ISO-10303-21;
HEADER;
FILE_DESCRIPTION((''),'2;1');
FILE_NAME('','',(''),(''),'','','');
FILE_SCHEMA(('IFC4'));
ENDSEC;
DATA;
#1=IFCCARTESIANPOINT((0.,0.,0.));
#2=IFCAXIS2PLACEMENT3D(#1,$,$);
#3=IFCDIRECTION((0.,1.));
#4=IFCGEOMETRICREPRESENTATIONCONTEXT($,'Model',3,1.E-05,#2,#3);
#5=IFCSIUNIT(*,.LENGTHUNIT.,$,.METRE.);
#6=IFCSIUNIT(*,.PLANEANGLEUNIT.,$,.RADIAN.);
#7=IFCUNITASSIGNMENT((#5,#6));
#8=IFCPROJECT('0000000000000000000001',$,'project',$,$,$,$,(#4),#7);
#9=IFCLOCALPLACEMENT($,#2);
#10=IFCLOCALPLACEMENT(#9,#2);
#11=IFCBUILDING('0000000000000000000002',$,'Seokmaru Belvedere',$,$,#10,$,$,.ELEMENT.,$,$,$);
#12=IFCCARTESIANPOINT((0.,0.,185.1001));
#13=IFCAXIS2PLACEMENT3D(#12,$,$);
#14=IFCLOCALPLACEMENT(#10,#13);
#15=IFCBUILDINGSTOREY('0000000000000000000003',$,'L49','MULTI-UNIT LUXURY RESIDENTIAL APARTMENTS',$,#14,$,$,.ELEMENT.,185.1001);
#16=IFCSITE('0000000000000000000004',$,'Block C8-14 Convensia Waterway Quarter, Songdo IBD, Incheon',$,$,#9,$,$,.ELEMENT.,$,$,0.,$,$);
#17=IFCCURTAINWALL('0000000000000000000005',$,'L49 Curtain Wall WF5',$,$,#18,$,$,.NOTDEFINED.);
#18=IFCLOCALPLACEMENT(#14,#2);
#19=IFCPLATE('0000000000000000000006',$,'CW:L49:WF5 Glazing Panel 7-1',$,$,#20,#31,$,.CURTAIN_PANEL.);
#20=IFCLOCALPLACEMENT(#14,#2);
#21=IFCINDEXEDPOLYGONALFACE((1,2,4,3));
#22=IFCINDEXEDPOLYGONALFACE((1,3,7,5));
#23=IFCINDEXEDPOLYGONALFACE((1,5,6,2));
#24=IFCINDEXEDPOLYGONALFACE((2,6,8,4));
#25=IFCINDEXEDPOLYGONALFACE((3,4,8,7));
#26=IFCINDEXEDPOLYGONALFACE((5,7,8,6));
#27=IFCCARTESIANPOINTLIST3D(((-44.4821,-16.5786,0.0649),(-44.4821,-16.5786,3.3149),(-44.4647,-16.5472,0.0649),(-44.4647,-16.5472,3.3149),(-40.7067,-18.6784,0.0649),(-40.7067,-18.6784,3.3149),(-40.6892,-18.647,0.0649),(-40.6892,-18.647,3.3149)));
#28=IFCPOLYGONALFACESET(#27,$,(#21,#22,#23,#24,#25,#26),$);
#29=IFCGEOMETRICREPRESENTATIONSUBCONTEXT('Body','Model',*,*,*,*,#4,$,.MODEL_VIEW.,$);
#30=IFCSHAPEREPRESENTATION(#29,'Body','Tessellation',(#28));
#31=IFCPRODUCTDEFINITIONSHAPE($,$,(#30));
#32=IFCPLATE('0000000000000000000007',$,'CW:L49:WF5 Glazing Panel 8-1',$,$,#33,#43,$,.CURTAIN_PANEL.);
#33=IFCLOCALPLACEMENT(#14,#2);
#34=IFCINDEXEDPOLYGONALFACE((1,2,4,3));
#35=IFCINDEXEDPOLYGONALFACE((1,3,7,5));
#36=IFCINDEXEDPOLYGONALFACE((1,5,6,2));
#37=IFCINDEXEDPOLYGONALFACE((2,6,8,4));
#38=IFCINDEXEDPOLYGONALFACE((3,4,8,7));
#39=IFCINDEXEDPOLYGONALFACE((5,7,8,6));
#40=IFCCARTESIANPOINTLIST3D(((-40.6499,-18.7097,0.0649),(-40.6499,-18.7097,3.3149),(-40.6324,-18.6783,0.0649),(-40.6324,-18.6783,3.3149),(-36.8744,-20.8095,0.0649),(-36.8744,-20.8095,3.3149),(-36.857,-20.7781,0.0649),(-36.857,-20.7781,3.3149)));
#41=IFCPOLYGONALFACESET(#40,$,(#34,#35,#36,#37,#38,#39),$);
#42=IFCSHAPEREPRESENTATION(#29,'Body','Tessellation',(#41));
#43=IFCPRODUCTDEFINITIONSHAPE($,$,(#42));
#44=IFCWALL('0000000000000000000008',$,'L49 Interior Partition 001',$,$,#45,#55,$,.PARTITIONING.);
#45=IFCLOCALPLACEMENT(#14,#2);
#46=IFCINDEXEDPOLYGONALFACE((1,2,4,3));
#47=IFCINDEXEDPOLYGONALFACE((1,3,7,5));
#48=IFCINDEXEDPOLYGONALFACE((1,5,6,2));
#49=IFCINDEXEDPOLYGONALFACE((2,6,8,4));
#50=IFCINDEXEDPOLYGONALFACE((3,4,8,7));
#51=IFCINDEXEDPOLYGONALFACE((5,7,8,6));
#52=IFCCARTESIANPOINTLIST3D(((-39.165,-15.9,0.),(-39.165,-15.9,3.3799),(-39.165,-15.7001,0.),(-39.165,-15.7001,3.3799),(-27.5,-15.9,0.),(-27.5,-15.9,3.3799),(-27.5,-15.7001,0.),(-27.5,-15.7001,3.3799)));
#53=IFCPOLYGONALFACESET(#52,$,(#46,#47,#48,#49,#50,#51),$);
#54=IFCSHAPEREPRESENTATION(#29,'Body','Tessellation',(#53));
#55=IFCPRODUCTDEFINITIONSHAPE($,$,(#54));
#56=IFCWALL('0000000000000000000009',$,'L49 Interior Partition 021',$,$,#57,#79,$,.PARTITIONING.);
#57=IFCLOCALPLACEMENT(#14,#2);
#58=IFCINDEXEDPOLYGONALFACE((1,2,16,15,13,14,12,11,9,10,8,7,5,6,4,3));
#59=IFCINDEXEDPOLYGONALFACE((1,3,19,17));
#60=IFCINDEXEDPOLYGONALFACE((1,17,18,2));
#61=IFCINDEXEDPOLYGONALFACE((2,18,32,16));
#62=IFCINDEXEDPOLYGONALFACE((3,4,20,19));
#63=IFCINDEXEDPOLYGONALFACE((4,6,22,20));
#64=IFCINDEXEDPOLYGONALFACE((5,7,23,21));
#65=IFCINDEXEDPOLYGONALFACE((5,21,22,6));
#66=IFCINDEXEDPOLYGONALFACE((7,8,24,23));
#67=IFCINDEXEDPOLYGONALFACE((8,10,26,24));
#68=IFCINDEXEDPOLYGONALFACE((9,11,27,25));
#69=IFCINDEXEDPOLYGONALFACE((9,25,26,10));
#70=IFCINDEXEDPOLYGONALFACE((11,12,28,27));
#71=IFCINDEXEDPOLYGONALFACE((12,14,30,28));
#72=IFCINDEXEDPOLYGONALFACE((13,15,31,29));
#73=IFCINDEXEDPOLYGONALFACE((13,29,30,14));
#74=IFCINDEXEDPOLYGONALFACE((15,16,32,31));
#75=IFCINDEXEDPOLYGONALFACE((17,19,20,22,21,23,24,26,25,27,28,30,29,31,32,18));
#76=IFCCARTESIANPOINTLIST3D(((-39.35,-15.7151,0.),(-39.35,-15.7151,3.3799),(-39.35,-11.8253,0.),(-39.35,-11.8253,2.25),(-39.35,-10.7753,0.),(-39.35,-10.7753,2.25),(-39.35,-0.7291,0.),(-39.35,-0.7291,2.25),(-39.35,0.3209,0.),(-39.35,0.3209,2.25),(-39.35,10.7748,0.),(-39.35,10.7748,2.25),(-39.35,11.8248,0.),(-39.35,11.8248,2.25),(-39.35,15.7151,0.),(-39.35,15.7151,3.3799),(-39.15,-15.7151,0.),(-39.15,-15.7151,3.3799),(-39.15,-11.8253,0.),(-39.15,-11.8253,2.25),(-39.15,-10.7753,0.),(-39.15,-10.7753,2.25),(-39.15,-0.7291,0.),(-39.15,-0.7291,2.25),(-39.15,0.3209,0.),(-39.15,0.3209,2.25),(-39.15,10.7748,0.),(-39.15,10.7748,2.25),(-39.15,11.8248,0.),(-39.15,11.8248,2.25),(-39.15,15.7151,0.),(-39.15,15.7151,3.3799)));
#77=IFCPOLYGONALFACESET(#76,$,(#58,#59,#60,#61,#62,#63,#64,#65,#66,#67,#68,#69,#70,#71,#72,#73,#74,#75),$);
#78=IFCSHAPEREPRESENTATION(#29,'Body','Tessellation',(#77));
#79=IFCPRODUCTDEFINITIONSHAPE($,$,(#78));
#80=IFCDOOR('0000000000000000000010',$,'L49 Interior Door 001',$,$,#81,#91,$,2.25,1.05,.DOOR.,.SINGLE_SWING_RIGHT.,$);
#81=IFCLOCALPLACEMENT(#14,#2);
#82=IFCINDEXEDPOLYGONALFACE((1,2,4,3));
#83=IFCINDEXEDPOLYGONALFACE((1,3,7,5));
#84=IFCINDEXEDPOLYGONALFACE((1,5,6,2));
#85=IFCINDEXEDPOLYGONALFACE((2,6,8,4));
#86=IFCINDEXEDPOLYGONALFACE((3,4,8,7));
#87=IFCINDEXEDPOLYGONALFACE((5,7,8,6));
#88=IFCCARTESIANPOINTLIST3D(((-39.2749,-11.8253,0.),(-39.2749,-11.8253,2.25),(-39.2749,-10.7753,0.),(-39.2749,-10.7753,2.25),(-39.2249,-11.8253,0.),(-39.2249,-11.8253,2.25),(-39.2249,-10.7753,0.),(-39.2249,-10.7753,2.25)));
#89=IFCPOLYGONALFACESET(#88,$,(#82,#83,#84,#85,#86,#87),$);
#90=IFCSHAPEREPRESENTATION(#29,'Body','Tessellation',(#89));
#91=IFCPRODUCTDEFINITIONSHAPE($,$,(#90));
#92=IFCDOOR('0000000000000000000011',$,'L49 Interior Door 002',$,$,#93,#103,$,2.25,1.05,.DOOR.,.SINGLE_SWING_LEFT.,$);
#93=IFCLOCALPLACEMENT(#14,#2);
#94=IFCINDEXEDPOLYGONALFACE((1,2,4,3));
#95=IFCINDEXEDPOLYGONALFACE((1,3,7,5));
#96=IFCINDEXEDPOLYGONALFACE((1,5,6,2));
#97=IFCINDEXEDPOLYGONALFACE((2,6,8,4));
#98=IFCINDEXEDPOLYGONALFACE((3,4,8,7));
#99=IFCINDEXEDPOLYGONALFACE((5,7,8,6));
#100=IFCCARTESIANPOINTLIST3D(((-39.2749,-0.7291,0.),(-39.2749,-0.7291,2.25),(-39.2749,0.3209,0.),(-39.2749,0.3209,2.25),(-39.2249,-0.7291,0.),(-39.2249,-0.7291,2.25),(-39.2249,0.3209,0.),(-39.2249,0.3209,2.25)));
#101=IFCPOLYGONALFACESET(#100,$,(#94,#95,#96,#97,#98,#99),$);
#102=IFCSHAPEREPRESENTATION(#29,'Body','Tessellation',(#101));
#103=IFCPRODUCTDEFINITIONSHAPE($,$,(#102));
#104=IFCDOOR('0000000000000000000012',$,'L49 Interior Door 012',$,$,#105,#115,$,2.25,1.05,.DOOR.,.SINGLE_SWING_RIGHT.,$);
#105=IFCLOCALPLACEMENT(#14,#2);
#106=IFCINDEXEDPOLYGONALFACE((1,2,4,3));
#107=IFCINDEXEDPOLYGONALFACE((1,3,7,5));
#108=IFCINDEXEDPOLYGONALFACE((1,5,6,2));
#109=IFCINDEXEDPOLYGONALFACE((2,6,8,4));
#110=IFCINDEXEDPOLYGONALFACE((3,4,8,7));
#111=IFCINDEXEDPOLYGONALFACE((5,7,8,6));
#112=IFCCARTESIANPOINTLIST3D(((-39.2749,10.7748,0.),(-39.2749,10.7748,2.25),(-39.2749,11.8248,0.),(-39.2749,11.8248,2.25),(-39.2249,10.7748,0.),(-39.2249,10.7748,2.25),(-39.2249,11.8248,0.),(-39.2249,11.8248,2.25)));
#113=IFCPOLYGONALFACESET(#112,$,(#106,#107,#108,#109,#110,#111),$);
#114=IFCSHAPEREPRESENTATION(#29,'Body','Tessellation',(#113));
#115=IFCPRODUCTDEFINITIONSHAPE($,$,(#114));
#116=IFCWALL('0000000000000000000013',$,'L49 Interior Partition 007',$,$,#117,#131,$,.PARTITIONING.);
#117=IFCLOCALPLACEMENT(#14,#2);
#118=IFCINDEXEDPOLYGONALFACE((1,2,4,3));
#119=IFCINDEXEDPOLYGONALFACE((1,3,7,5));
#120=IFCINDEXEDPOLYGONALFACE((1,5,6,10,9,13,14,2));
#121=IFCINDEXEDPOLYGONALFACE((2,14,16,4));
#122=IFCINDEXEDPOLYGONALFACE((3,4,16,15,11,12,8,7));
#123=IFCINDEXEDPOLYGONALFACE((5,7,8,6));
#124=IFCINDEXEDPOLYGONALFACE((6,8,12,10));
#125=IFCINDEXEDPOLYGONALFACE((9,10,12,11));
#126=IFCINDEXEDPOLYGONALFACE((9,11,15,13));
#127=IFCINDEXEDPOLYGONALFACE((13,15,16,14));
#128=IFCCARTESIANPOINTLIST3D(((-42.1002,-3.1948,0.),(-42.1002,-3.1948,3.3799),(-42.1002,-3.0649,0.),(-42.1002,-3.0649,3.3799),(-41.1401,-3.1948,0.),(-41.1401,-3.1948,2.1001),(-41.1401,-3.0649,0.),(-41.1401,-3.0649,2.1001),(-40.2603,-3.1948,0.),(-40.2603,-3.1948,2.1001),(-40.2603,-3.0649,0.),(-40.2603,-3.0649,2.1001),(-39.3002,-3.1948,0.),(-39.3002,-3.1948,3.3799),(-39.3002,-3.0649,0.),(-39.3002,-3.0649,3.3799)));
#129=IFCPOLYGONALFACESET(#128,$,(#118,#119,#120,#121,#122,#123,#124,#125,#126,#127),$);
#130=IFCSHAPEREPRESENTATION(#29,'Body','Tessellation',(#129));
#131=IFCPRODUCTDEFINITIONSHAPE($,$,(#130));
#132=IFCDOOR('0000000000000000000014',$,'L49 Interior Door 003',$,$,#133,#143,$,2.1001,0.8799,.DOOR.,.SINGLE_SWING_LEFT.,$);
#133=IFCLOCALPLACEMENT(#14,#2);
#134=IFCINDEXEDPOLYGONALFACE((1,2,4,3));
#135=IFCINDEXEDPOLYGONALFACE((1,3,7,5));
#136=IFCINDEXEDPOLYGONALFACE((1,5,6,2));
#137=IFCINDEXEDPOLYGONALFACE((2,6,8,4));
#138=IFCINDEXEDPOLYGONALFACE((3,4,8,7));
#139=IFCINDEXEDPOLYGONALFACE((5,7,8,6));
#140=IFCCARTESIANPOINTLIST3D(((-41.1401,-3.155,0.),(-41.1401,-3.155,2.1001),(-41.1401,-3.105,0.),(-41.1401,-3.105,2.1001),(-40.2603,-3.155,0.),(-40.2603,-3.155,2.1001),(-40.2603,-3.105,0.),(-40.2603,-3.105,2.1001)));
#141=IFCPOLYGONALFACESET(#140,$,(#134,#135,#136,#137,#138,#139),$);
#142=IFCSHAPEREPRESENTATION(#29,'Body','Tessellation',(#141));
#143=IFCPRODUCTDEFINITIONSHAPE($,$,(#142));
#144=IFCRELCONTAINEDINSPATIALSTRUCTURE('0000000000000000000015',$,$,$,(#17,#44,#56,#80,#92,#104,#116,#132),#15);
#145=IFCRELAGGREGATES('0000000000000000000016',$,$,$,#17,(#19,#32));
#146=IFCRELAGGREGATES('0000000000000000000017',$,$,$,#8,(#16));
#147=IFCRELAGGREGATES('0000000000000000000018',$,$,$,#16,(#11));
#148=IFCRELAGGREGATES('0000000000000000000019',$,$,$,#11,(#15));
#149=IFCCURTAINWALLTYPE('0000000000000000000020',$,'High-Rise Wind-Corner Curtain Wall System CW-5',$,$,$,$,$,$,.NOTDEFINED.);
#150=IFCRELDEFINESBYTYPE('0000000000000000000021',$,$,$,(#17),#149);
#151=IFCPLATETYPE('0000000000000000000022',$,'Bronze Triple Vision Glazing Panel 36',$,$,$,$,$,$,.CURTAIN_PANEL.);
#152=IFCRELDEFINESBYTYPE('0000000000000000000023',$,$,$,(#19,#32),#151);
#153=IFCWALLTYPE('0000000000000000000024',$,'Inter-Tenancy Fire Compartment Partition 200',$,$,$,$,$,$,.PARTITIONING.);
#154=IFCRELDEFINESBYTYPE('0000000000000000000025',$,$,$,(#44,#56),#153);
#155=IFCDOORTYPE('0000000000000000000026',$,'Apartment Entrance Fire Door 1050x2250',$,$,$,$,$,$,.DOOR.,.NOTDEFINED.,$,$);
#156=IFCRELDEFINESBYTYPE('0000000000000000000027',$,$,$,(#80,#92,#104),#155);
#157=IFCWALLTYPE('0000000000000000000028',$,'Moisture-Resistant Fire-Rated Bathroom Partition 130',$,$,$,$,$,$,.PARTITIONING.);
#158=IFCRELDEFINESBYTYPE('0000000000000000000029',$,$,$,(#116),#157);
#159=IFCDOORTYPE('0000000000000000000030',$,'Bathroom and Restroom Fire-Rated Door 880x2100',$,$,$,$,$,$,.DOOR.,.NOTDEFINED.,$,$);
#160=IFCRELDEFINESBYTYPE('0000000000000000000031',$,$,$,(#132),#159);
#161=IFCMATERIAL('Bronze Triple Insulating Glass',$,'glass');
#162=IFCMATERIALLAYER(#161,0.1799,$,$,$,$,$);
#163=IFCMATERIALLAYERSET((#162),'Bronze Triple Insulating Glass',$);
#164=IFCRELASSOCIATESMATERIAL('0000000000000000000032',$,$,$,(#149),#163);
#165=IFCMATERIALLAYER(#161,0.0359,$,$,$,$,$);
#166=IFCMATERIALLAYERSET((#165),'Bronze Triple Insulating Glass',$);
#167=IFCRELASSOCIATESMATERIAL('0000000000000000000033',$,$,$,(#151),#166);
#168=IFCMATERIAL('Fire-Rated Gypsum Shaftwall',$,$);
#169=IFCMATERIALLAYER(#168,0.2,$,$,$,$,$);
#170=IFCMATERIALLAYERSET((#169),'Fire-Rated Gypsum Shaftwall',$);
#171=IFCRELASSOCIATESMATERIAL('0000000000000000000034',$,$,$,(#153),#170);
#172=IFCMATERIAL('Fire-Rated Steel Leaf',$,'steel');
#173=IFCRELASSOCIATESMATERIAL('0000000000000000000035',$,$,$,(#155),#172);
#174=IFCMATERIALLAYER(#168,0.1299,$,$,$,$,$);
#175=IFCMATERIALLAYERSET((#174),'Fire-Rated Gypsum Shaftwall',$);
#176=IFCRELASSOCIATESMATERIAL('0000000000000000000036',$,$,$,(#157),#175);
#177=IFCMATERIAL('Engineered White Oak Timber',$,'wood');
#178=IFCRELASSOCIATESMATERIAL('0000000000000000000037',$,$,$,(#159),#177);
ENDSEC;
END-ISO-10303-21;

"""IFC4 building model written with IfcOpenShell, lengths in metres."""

from ifc_helpers import new_model, si_unit, direction, frame, frame_2d, origin, origin_2d, place, context, subcontext, project, spatial, rectangle, extrude, source, transform, mapped, material, layer, layer_set, type_object, type_shapes, element, fill, aggregate, save


model = new_model("IFC4")

# Units and contexts
model_context = context("Model", 3, precision=1e-05, world=origin(), true_north=direction((0.0, 1.0)))
body_context = subcontext(model_context, "Body", "Model", "MODEL_VIEW")
ifc_project = project(units=[si_unit("LENGTHUNIT", "METRE"), si_unit("PLANEANGLEUNIT", "RADIAN")], contexts=[model_context])

# Site, building, storey
site_placement = place(None, origin())
site = spatial("IfcSite", under=ifc_project, at=site_placement, Name="Block C8-14 Convensia Waterway Quarter, Songdo IBD, Incheon", CompositionType="ELEMENT", RefElevation=0.0)
building_placement = place(site_placement, origin())
building = spatial("IfcBuilding", under=site, at=building_placement, Name="Seokmaru Belvedere", CompositionType="ELEMENT")
storey_placement = place(building_placement, frame((0.0, 0.0, 185.1001)))
storey = spatial("IfcBuildingStorey", under=building, at=storey_placement, Name="L49", Description="MULTI-UNIT LUXURY RESIDENTIAL APARTMENTS", CompositionType="ELEMENT", Elevation=185.1001)

# Curtain wall, plates
ifc_material_1 = material(Name="Bronze Triple Insulating Glass", Category="glass")
ifc_layer_1 = layer(ifc_material_1, 0.1799)
ifc_layer_set_1 = layer_set([ifc_layer_1], Name="Bronze Triple Insulating Glass")
curtain_wall_type = type_object("IfcCurtainWallType", Name="High-Rise Wind-Corner Curtain Wall System CW-5", PredefinedType="NOTDEFINED", material=ifc_layer_set_1)
curtain_wall_placement = place(storey_placement, origin())
curtain_wall = element("IfcCurtainWall", 1, at=curtain_wall_placement, inside=storey, type_object=curtain_wall_type, Name="L49 Curtain Wall WF5", PredefinedType="NOTDEFINED")
ifc_layer_2 = layer(ifc_material_1, 0.0359)
ifc_layer_set_2 = layer_set([ifc_layer_2], Name="Bronze Triple Insulating Glass")
plate_type = type_object("IfcPlateType", Name="Bronze Triple Vision Glazing Panel 36", PredefinedType="CURTAIN_PANEL", material=ifc_layer_set_2)
shared_shape_1 = source(origin(), body_context, "Body", "SweptSolid", [
    extrude(rectangle(XDim=4.3201, YDim=0.0359, at=origin_2d()), origin(), (0.0, 0.0, 1.0), 3.25),
])
type_shapes(plate_type, [shared_shape_1])
plate_1_placement = place(storey_placement, frame((-42.5857, -17.6128, 0.0649), z_axis=(0.0, 0.0, 1.0), x_axis=(0.873933, -0.486047, 0.0)))
plate_1 = element("IfcPlate", 2, at=plate_1_placement, type_object=plate_type, Name="CW:L49:WF5 Glazing Panel 7-1", PredefinedType="CURTAIN_PANEL", context=body_context, shape_type="MappedRepresentation", body=[
    mapped(shared_shape_1, transform((0.0, 0.0, 0.0), scale=1.0)),
])
plate_2_placement = place(storey_placement, frame((-38.7534, -19.7439, 0.0649), z_axis=(0.0, 0.0, 1.0), x_axis=(0.873933, -0.486047, 0.0)))
plate_2 = element("IfcPlate", 3, at=plate_2_placement, type_object=plate_type, Name="CW:L49:WF5 Glazing Panel 8-1", PredefinedType="CURTAIN_PANEL", context=body_context, shape_type="MappedRepresentation", body=[
    mapped(shared_shape_1, transform((0.0, 0.0, 0.0), scale=1.0)),
])
aggregate(curtain_wall, [plate_1, plate_2])

# Wall
ifc_material_2 = material(Name="Fire-Rated Gypsum Shaftwall")
ifc_layer_3 = layer(ifc_material_2, 0.2)
ifc_layer_set_3 = layer_set([ifc_layer_3], Name="Fire-Rated Gypsum Shaftwall")
wall_type_1 = type_object("IfcWallType", Name="Inter-Tenancy Fire Compartment Partition 200", PredefinedType="PARTITIONING", material=ifc_layer_set_3)
wall_1_placement = place(storey_placement, frame((-39.165, -15.8, 0.0), z_axis=(0.0, 0.0, 1.0), x_axis=(1.0, 0.0, 0.0)))
element("IfcWall", 4, at=wall_1_placement, inside=storey, type_object=wall_type_1, Name="L49 Interior Partition 001", PredefinedType="PARTITIONING", context=body_context, shape_type="SweptSolid", body=[
    extrude(rectangle(XDim=11.665, YDim=0.2, at=frame_2d((5.8325, 0.0))), origin(), (0.0, 0.0, 1.0), 3.3799),
])

# Wall, openings, doors
wall_2_placement = place(storey_placement, frame((-39.25, -15.7151, 0.0), z_axis=(0.0, 0.0, 1.0), x_axis=(0.0, 1.0, 0.0)))
wall_2 = element("IfcWall", 5, at=wall_2_placement, inside=storey, type_object=wall_type_1, Name="L49 Interior Partition 021", PredefinedType="PARTITIONING", context=body_context, shape_type="SweptSolid", body=[
    extrude(rectangle(XDim=31.4302, YDim=0.2, at=frame_2d((15.7151, 0.0))), origin(), (0.0, 0.0, 1.0), 3.3799),
])
opening_1_placement = place(wall_2_placement, frame((3.8899, 0.0, 0.0)))
opening_1 = element("IfcOpeningElement", 6, at=opening_1_placement, cuts=wall_2, PredefinedType="OPENING", context=body_context, shape_type="SweptSolid", body=[
    extrude(rectangle(XDim=1.05, YDim=2.25, at=frame_2d((0.5249, 1.125))), frame((0.0, 0.1099, 0.0), z_axis=(0.0, -1.0, 0.0), x_axis=(1.0, 0.0, 0.0)), (0.0, 0.0, 1.0), 0.22),
])
opening_2_placement = place(wall_2_placement, frame((14.9861, 0.0, 0.0)))
opening_2 = element("IfcOpeningElement", 7, at=opening_2_placement, cuts=wall_2, PredefinedType="OPENING", context=body_context, shape_type="SweptSolid", body=[
    extrude(rectangle(XDim=1.05, YDim=2.25, at=frame_2d((0.5249, 1.125))), frame((0.0, 0.1099, 0.0), z_axis=(0.0, -1.0, 0.0), x_axis=(1.0, 0.0, 0.0)), (0.0, 0.0, 1.0), 0.22),
])
opening_3_placement = place(wall_2_placement, frame((26.49, 0.0, 0.0)))
opening_3 = element("IfcOpeningElement", 8, at=opening_3_placement, cuts=wall_2, PredefinedType="OPENING", context=body_context, shape_type="SweptSolid", body=[
    extrude(rectangle(XDim=1.05, YDim=2.25, at=frame_2d((0.5249, 1.125))), frame((0.0, 0.1099, 0.0), z_axis=(0.0, -1.0, 0.0), x_axis=(1.0, 0.0, 0.0)), (0.0, 0.0, 1.0), 0.22),
])
ifc_material_3 = material(Name="Fire-Rated Steel Leaf", Category="steel")
door_type_1 = type_object("IfcDoorType", Name="Apartment Entrance Fire Door 1050x2250", OperationType="NOTDEFINED", PredefinedType="DOOR", material=ifc_material_3)
shared_shape_2 = source(origin(), body_context, "Body", "SweptSolid", [
    extrude(rectangle(XDim=1.05, YDim=2.25, at=frame_2d((0.5249, 1.125))), frame((0.0, 0.0249, 0.0), z_axis=(0.0, -1.0, 0.0), x_axis=(1.0, 0.0, 0.0)), (0.0, 0.0, 1.0), 0.05),
])
type_shapes(door_type_1, [shared_shape_2])
door_1_placement = place(opening_1_placement, origin())
door_1 = element("IfcDoor", 9, at=door_1_placement, inside=storey, type_object=door_type_1, Name="L49 Interior Door 001", OperationType="SINGLE_SWING_RIGHT", OverallHeight=2.25, OverallWidth=1.05, PredefinedType="DOOR", context=body_context, shape_type="MappedRepresentation", body=[
    mapped(shared_shape_2, transform((0.0, 0.0, 0.0), scale=1.0)),
])
fill(opening_1, door_1)
door_2_placement = place(opening_2_placement, origin())
door_2 = element("IfcDoor", 10, at=door_2_placement, inside=storey, type_object=door_type_1, Name="L49 Interior Door 002", OperationType="SINGLE_SWING_LEFT", OverallHeight=2.25, OverallWidth=1.05, PredefinedType="DOOR", context=body_context, shape_type="MappedRepresentation", body=[
    mapped(shared_shape_2, transform((0.0, 0.0, 0.0), scale=1.0)),
])
fill(opening_2, door_2)
door_3_placement = place(opening_3_placement, origin())
door_3 = element("IfcDoor", 11, at=door_3_placement, inside=storey, type_object=door_type_1, Name="L49 Interior Door 012", OperationType="SINGLE_SWING_RIGHT", OverallHeight=2.25, OverallWidth=1.05, PredefinedType="DOOR", context=body_context, shape_type="MappedRepresentation", body=[
    mapped(shared_shape_2, transform((0.0, 0.0, 0.0), scale=1.0)),
])
fill(opening_3, door_3)

# Wall, opening, door
ifc_layer_4 = layer(ifc_material_2, 0.1299)
ifc_layer_set_4 = layer_set([ifc_layer_4], Name="Fire-Rated Gypsum Shaftwall")
wall_type_2 = type_object("IfcWallType", Name="Moisture-Resistant Fire-Rated Bathroom Partition 130", PredefinedType="PARTITIONING", material=ifc_layer_set_4)
wall_3_placement = place(storey_placement, frame((-42.1001, -3.1299, 0.0), z_axis=(0.0, 0.0, 1.0), x_axis=(1.0, 0.0, 0.0)))
wall_3 = element("IfcWall", 12, at=wall_3_placement, inside=storey, type_object=wall_type_2, Name="L49 Interior Partition 007", PredefinedType="PARTITIONING", context=body_context, shape_type="SweptSolid", body=[
    extrude(rectangle(XDim=2.8, YDim=0.1299, at=frame_2d((1.3999, 0.0))), origin(), (0.0, 0.0, 1.0), 3.3799),
])
opening_4_placement = place(wall_3_placement, frame((0.96, 0.0, 0.0)))
opening_4 = element("IfcOpeningElement", 13, at=opening_4_placement, cuts=wall_3, PredefinedType="OPENING", context=body_context, shape_type="SweptSolid", body=[
    extrude(rectangle(XDim=0.8799, YDim=2.1001, at=frame_2d((0.4399, 1.05))), frame((0.0, 0.075, 0.0), z_axis=(0.0, -1.0, 0.0), x_axis=(1.0, 0.0, 0.0)), (0.0, 0.0, 1.0), 0.1499),
])
ifc_material_4 = material(Name="Engineered White Oak Timber", Category="wood")
door_type_2 = type_object("IfcDoorType", Name="Bathroom and Restroom Fire-Rated Door 880x2100", OperationType="NOTDEFINED", PredefinedType="DOOR", material=ifc_material_4)
shared_shape_3 = source(origin(), body_context, "Body", "SweptSolid", [
    extrude(rectangle(XDim=0.8799, YDim=2.1001, at=frame_2d((0.4399, 1.05))), frame((0.0, 0.0249, 0.0), z_axis=(0.0, -1.0, 0.0), x_axis=(1.0, 0.0, 0.0)), (0.0, 0.0, 1.0), 0.05),
])
type_shapes(door_type_2, [shared_shape_3])
door_4_placement = place(opening_4_placement, origin())
door_4 = element("IfcDoor", 14, at=door_4_placement, inside=storey, type_object=door_type_2, Name="L49 Interior Door 003", OperationType="SINGLE_SWING_LEFT", OverallHeight=2.1001, OverallWidth=0.8799, PredefinedType="DOOR", context=body_context, shape_type="MappedRepresentation", body=[
    mapped(shared_shape_3, transform((0.0, 0.0, 0.0), scale=1.0)),
])
fill(opening_4, door_4)

save(model, "model.ifc")
